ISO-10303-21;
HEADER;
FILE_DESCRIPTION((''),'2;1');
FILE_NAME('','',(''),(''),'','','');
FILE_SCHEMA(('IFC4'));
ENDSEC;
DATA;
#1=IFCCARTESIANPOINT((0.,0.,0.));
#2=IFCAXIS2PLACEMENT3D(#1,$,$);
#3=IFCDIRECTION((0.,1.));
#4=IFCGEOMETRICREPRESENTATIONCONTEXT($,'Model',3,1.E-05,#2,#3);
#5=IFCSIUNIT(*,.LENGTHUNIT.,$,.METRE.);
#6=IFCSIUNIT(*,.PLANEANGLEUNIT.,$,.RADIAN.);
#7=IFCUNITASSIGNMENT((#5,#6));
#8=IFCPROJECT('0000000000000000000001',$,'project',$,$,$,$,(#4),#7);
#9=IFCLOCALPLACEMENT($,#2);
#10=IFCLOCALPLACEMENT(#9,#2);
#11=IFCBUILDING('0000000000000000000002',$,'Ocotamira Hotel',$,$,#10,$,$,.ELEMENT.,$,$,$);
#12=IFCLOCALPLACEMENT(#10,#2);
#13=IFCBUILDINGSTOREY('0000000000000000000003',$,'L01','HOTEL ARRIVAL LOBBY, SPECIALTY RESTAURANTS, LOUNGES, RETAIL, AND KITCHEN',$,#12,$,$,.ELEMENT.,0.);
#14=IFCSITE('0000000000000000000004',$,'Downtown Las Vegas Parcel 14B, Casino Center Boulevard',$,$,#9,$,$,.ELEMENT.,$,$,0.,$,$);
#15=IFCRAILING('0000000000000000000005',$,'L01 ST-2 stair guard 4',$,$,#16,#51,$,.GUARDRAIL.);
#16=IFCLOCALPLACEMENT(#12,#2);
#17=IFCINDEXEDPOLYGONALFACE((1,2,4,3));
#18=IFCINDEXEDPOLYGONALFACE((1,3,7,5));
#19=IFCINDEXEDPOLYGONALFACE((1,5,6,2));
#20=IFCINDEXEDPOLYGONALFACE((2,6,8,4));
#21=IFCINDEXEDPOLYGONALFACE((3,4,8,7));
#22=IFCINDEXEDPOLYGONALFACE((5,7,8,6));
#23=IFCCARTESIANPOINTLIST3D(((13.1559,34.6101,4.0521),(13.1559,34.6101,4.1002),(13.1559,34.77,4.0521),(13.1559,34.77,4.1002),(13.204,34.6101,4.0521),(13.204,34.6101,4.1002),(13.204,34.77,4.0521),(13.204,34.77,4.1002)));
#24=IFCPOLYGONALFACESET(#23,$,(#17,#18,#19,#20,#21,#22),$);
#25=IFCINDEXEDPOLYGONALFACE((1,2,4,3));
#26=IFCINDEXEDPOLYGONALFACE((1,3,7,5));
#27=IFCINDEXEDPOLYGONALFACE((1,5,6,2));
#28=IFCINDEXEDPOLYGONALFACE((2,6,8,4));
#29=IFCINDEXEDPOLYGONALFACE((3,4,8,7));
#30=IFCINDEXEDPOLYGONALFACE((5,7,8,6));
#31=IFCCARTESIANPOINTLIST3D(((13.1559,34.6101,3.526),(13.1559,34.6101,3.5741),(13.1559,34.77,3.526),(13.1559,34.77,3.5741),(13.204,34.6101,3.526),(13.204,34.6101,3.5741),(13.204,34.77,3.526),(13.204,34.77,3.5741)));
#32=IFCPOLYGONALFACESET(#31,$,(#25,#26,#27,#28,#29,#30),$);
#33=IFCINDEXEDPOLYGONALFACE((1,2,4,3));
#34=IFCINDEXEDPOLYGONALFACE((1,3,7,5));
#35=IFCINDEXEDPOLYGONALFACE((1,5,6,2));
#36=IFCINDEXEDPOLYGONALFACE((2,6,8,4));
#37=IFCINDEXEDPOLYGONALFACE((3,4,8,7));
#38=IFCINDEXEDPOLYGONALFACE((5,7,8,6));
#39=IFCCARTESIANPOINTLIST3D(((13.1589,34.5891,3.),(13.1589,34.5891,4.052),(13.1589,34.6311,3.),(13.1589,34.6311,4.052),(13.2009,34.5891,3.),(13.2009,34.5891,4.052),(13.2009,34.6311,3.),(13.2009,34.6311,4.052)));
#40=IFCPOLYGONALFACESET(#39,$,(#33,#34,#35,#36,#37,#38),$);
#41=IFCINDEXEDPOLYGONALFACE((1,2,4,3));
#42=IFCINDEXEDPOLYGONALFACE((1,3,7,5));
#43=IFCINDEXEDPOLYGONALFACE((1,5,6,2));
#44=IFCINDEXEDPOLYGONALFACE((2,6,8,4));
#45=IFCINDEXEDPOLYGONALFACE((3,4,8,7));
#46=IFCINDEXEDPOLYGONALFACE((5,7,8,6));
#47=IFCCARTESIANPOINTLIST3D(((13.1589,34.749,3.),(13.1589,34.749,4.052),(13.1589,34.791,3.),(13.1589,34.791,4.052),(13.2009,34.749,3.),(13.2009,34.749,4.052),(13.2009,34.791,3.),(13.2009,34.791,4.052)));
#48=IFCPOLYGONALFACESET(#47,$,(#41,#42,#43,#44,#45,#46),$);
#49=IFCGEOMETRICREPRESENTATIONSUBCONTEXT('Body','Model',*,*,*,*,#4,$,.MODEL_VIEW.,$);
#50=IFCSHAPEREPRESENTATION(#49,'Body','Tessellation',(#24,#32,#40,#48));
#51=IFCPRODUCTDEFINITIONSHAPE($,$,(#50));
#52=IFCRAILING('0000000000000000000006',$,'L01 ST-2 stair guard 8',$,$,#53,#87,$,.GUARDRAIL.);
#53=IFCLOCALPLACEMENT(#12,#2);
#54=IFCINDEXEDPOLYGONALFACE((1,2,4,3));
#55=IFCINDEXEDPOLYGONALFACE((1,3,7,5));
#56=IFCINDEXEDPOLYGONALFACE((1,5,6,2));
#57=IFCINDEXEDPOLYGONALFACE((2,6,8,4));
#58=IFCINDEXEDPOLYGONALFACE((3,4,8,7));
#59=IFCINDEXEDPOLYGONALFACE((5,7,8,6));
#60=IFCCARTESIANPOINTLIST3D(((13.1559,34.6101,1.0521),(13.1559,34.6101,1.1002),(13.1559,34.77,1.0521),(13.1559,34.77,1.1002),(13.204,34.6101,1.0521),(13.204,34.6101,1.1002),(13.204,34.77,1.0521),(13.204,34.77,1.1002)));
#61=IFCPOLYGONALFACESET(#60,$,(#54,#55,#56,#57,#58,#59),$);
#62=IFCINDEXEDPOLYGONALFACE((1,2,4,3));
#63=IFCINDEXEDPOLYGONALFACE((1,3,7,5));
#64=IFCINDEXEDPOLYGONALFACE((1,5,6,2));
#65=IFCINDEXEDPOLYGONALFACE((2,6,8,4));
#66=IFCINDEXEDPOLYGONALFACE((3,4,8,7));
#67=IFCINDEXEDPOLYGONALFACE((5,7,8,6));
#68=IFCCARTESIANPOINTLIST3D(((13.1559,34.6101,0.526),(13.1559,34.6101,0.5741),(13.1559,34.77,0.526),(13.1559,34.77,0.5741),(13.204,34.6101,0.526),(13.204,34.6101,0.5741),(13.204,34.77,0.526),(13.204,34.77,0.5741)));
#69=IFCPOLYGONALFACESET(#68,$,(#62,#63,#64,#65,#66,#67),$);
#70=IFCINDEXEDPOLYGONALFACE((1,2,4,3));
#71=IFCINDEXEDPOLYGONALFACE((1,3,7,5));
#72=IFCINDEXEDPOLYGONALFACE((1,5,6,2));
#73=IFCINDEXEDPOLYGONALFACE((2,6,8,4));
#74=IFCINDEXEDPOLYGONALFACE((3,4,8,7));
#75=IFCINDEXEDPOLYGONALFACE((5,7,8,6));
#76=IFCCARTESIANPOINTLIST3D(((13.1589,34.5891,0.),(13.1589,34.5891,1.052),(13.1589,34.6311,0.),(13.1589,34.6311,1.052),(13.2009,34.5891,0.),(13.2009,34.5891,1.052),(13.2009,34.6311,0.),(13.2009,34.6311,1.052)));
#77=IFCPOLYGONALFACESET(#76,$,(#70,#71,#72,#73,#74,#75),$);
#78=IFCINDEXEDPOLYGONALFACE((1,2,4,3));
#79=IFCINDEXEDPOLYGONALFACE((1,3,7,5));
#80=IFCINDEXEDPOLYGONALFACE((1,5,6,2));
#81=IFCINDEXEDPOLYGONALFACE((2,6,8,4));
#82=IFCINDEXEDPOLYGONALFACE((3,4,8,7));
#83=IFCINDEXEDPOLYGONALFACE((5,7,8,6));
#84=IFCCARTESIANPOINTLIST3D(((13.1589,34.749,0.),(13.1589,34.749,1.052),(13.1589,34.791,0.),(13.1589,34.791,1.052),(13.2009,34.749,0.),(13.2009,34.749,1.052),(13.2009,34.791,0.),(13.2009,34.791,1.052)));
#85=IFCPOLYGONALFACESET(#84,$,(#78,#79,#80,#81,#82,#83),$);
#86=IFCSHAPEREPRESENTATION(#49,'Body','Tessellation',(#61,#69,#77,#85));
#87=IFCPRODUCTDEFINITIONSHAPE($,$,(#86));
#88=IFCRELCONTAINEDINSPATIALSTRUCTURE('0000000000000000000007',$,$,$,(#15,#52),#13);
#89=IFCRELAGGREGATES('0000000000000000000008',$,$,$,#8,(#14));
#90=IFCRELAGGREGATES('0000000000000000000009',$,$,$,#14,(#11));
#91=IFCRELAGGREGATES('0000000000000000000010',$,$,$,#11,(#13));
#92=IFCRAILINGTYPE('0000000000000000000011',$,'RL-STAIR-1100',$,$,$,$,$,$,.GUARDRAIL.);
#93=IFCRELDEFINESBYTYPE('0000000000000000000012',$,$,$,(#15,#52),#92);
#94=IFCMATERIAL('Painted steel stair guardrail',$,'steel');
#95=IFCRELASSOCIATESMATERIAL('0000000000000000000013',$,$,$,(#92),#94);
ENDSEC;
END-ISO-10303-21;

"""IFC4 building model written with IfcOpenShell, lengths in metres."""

from ifc_helpers import new_model, si_unit, direction, frame, origin, origin_2d, place, context, subcontext, project, spatial, rectangle, extrude, material, type_object, element, save


model = new_model("IFC4")

# Units and contexts
model_context = context("Model", 3, precision=1e-05, world=origin(), true_north=direction((0.0, 1.0)))
body_context = subcontext(model_context, "Body", "Model", "MODEL_VIEW")
ifc_project = project(units=[si_unit("LENGTHUNIT", "METRE"), si_unit("PLANEANGLEUNIT", "RADIAN")], contexts=[model_context])

# Site, building, storey
site_placement = place(None, origin())
site = spatial("IfcSite", under=ifc_project, at=site_placement, Name="Downtown Las Vegas Parcel 14B, Casino Center Boulevard", CompositionType="ELEMENT", RefElevation=0.0)
building_placement = place(site_placement, origin())
building = spatial("IfcBuilding", under=site, at=building_placement, Name="Ocotamira Hotel", CompositionType="ELEMENT")
storey_placement = place(building_placement, origin())
storey = spatial("IfcBuildingStorey", under=building, at=storey_placement, Name="L01", Description="HOTEL ARRIVAL LOBBY, SPECIALTY RESTAURANTS, LOUNGES, RETAIL, AND KITCHEN", CompositionType="ELEMENT", Elevation=0.0)

# Railings
ifc_material_1 = material(Name="Painted steel stair guardrail", Category="steel")
railing_type_1 = type_object("IfcRailingType", Name="RL-STAIR-1100", PredefinedType="GUARDRAIL", material=ifc_material_1)
for number, where, name in (
    (1, (13.1799, 34.6101, 3.0), "L01 ST-2 stair guard 4"),
    (2, (13.1799, 34.6101, 0.0), "L01 ST-2 stair guard 8"),
):
    element("IfcRailing", number, at=place(storey_placement, frame(where)), inside=storey, type_object=railing_type_1, Name=name, PredefinedType="GUARDRAIL", context=body_context, shape_type="SweptSolid", body=[
        extrude(rectangle(XDim=0.0481, YDim=0.0481, at=origin_2d()), frame((0.0, 0.0, 1.0762), z_axis=(0.0, 1.0, 0.0), x_axis=(-1.0, 0.0, 0.0)), (0.0, 0.0, 1.0), 0.1599),
        extrude(rectangle(XDim=0.0481, YDim=0.0481, at=origin_2d()), frame((0.0, 0.0, 0.55), z_axis=(0.0, 1.0, 0.0), x_axis=(-1.0, 0.0, 0.0)), (0.0, 0.0, 1.0), 0.1599),
        extrude(rectangle(XDim=0.042, YDim=0.042, at=origin_2d()), origin(), (0.0, 0.0, 1.0), 1.052),
        extrude(rectangle(XDim=0.042, YDim=0.042, at=origin_2d()), frame((0.0, 0.1599, 0.0)), (0.0, 0.0, 1.0), 1.052),
    ])

save(model, "model.ifc")
